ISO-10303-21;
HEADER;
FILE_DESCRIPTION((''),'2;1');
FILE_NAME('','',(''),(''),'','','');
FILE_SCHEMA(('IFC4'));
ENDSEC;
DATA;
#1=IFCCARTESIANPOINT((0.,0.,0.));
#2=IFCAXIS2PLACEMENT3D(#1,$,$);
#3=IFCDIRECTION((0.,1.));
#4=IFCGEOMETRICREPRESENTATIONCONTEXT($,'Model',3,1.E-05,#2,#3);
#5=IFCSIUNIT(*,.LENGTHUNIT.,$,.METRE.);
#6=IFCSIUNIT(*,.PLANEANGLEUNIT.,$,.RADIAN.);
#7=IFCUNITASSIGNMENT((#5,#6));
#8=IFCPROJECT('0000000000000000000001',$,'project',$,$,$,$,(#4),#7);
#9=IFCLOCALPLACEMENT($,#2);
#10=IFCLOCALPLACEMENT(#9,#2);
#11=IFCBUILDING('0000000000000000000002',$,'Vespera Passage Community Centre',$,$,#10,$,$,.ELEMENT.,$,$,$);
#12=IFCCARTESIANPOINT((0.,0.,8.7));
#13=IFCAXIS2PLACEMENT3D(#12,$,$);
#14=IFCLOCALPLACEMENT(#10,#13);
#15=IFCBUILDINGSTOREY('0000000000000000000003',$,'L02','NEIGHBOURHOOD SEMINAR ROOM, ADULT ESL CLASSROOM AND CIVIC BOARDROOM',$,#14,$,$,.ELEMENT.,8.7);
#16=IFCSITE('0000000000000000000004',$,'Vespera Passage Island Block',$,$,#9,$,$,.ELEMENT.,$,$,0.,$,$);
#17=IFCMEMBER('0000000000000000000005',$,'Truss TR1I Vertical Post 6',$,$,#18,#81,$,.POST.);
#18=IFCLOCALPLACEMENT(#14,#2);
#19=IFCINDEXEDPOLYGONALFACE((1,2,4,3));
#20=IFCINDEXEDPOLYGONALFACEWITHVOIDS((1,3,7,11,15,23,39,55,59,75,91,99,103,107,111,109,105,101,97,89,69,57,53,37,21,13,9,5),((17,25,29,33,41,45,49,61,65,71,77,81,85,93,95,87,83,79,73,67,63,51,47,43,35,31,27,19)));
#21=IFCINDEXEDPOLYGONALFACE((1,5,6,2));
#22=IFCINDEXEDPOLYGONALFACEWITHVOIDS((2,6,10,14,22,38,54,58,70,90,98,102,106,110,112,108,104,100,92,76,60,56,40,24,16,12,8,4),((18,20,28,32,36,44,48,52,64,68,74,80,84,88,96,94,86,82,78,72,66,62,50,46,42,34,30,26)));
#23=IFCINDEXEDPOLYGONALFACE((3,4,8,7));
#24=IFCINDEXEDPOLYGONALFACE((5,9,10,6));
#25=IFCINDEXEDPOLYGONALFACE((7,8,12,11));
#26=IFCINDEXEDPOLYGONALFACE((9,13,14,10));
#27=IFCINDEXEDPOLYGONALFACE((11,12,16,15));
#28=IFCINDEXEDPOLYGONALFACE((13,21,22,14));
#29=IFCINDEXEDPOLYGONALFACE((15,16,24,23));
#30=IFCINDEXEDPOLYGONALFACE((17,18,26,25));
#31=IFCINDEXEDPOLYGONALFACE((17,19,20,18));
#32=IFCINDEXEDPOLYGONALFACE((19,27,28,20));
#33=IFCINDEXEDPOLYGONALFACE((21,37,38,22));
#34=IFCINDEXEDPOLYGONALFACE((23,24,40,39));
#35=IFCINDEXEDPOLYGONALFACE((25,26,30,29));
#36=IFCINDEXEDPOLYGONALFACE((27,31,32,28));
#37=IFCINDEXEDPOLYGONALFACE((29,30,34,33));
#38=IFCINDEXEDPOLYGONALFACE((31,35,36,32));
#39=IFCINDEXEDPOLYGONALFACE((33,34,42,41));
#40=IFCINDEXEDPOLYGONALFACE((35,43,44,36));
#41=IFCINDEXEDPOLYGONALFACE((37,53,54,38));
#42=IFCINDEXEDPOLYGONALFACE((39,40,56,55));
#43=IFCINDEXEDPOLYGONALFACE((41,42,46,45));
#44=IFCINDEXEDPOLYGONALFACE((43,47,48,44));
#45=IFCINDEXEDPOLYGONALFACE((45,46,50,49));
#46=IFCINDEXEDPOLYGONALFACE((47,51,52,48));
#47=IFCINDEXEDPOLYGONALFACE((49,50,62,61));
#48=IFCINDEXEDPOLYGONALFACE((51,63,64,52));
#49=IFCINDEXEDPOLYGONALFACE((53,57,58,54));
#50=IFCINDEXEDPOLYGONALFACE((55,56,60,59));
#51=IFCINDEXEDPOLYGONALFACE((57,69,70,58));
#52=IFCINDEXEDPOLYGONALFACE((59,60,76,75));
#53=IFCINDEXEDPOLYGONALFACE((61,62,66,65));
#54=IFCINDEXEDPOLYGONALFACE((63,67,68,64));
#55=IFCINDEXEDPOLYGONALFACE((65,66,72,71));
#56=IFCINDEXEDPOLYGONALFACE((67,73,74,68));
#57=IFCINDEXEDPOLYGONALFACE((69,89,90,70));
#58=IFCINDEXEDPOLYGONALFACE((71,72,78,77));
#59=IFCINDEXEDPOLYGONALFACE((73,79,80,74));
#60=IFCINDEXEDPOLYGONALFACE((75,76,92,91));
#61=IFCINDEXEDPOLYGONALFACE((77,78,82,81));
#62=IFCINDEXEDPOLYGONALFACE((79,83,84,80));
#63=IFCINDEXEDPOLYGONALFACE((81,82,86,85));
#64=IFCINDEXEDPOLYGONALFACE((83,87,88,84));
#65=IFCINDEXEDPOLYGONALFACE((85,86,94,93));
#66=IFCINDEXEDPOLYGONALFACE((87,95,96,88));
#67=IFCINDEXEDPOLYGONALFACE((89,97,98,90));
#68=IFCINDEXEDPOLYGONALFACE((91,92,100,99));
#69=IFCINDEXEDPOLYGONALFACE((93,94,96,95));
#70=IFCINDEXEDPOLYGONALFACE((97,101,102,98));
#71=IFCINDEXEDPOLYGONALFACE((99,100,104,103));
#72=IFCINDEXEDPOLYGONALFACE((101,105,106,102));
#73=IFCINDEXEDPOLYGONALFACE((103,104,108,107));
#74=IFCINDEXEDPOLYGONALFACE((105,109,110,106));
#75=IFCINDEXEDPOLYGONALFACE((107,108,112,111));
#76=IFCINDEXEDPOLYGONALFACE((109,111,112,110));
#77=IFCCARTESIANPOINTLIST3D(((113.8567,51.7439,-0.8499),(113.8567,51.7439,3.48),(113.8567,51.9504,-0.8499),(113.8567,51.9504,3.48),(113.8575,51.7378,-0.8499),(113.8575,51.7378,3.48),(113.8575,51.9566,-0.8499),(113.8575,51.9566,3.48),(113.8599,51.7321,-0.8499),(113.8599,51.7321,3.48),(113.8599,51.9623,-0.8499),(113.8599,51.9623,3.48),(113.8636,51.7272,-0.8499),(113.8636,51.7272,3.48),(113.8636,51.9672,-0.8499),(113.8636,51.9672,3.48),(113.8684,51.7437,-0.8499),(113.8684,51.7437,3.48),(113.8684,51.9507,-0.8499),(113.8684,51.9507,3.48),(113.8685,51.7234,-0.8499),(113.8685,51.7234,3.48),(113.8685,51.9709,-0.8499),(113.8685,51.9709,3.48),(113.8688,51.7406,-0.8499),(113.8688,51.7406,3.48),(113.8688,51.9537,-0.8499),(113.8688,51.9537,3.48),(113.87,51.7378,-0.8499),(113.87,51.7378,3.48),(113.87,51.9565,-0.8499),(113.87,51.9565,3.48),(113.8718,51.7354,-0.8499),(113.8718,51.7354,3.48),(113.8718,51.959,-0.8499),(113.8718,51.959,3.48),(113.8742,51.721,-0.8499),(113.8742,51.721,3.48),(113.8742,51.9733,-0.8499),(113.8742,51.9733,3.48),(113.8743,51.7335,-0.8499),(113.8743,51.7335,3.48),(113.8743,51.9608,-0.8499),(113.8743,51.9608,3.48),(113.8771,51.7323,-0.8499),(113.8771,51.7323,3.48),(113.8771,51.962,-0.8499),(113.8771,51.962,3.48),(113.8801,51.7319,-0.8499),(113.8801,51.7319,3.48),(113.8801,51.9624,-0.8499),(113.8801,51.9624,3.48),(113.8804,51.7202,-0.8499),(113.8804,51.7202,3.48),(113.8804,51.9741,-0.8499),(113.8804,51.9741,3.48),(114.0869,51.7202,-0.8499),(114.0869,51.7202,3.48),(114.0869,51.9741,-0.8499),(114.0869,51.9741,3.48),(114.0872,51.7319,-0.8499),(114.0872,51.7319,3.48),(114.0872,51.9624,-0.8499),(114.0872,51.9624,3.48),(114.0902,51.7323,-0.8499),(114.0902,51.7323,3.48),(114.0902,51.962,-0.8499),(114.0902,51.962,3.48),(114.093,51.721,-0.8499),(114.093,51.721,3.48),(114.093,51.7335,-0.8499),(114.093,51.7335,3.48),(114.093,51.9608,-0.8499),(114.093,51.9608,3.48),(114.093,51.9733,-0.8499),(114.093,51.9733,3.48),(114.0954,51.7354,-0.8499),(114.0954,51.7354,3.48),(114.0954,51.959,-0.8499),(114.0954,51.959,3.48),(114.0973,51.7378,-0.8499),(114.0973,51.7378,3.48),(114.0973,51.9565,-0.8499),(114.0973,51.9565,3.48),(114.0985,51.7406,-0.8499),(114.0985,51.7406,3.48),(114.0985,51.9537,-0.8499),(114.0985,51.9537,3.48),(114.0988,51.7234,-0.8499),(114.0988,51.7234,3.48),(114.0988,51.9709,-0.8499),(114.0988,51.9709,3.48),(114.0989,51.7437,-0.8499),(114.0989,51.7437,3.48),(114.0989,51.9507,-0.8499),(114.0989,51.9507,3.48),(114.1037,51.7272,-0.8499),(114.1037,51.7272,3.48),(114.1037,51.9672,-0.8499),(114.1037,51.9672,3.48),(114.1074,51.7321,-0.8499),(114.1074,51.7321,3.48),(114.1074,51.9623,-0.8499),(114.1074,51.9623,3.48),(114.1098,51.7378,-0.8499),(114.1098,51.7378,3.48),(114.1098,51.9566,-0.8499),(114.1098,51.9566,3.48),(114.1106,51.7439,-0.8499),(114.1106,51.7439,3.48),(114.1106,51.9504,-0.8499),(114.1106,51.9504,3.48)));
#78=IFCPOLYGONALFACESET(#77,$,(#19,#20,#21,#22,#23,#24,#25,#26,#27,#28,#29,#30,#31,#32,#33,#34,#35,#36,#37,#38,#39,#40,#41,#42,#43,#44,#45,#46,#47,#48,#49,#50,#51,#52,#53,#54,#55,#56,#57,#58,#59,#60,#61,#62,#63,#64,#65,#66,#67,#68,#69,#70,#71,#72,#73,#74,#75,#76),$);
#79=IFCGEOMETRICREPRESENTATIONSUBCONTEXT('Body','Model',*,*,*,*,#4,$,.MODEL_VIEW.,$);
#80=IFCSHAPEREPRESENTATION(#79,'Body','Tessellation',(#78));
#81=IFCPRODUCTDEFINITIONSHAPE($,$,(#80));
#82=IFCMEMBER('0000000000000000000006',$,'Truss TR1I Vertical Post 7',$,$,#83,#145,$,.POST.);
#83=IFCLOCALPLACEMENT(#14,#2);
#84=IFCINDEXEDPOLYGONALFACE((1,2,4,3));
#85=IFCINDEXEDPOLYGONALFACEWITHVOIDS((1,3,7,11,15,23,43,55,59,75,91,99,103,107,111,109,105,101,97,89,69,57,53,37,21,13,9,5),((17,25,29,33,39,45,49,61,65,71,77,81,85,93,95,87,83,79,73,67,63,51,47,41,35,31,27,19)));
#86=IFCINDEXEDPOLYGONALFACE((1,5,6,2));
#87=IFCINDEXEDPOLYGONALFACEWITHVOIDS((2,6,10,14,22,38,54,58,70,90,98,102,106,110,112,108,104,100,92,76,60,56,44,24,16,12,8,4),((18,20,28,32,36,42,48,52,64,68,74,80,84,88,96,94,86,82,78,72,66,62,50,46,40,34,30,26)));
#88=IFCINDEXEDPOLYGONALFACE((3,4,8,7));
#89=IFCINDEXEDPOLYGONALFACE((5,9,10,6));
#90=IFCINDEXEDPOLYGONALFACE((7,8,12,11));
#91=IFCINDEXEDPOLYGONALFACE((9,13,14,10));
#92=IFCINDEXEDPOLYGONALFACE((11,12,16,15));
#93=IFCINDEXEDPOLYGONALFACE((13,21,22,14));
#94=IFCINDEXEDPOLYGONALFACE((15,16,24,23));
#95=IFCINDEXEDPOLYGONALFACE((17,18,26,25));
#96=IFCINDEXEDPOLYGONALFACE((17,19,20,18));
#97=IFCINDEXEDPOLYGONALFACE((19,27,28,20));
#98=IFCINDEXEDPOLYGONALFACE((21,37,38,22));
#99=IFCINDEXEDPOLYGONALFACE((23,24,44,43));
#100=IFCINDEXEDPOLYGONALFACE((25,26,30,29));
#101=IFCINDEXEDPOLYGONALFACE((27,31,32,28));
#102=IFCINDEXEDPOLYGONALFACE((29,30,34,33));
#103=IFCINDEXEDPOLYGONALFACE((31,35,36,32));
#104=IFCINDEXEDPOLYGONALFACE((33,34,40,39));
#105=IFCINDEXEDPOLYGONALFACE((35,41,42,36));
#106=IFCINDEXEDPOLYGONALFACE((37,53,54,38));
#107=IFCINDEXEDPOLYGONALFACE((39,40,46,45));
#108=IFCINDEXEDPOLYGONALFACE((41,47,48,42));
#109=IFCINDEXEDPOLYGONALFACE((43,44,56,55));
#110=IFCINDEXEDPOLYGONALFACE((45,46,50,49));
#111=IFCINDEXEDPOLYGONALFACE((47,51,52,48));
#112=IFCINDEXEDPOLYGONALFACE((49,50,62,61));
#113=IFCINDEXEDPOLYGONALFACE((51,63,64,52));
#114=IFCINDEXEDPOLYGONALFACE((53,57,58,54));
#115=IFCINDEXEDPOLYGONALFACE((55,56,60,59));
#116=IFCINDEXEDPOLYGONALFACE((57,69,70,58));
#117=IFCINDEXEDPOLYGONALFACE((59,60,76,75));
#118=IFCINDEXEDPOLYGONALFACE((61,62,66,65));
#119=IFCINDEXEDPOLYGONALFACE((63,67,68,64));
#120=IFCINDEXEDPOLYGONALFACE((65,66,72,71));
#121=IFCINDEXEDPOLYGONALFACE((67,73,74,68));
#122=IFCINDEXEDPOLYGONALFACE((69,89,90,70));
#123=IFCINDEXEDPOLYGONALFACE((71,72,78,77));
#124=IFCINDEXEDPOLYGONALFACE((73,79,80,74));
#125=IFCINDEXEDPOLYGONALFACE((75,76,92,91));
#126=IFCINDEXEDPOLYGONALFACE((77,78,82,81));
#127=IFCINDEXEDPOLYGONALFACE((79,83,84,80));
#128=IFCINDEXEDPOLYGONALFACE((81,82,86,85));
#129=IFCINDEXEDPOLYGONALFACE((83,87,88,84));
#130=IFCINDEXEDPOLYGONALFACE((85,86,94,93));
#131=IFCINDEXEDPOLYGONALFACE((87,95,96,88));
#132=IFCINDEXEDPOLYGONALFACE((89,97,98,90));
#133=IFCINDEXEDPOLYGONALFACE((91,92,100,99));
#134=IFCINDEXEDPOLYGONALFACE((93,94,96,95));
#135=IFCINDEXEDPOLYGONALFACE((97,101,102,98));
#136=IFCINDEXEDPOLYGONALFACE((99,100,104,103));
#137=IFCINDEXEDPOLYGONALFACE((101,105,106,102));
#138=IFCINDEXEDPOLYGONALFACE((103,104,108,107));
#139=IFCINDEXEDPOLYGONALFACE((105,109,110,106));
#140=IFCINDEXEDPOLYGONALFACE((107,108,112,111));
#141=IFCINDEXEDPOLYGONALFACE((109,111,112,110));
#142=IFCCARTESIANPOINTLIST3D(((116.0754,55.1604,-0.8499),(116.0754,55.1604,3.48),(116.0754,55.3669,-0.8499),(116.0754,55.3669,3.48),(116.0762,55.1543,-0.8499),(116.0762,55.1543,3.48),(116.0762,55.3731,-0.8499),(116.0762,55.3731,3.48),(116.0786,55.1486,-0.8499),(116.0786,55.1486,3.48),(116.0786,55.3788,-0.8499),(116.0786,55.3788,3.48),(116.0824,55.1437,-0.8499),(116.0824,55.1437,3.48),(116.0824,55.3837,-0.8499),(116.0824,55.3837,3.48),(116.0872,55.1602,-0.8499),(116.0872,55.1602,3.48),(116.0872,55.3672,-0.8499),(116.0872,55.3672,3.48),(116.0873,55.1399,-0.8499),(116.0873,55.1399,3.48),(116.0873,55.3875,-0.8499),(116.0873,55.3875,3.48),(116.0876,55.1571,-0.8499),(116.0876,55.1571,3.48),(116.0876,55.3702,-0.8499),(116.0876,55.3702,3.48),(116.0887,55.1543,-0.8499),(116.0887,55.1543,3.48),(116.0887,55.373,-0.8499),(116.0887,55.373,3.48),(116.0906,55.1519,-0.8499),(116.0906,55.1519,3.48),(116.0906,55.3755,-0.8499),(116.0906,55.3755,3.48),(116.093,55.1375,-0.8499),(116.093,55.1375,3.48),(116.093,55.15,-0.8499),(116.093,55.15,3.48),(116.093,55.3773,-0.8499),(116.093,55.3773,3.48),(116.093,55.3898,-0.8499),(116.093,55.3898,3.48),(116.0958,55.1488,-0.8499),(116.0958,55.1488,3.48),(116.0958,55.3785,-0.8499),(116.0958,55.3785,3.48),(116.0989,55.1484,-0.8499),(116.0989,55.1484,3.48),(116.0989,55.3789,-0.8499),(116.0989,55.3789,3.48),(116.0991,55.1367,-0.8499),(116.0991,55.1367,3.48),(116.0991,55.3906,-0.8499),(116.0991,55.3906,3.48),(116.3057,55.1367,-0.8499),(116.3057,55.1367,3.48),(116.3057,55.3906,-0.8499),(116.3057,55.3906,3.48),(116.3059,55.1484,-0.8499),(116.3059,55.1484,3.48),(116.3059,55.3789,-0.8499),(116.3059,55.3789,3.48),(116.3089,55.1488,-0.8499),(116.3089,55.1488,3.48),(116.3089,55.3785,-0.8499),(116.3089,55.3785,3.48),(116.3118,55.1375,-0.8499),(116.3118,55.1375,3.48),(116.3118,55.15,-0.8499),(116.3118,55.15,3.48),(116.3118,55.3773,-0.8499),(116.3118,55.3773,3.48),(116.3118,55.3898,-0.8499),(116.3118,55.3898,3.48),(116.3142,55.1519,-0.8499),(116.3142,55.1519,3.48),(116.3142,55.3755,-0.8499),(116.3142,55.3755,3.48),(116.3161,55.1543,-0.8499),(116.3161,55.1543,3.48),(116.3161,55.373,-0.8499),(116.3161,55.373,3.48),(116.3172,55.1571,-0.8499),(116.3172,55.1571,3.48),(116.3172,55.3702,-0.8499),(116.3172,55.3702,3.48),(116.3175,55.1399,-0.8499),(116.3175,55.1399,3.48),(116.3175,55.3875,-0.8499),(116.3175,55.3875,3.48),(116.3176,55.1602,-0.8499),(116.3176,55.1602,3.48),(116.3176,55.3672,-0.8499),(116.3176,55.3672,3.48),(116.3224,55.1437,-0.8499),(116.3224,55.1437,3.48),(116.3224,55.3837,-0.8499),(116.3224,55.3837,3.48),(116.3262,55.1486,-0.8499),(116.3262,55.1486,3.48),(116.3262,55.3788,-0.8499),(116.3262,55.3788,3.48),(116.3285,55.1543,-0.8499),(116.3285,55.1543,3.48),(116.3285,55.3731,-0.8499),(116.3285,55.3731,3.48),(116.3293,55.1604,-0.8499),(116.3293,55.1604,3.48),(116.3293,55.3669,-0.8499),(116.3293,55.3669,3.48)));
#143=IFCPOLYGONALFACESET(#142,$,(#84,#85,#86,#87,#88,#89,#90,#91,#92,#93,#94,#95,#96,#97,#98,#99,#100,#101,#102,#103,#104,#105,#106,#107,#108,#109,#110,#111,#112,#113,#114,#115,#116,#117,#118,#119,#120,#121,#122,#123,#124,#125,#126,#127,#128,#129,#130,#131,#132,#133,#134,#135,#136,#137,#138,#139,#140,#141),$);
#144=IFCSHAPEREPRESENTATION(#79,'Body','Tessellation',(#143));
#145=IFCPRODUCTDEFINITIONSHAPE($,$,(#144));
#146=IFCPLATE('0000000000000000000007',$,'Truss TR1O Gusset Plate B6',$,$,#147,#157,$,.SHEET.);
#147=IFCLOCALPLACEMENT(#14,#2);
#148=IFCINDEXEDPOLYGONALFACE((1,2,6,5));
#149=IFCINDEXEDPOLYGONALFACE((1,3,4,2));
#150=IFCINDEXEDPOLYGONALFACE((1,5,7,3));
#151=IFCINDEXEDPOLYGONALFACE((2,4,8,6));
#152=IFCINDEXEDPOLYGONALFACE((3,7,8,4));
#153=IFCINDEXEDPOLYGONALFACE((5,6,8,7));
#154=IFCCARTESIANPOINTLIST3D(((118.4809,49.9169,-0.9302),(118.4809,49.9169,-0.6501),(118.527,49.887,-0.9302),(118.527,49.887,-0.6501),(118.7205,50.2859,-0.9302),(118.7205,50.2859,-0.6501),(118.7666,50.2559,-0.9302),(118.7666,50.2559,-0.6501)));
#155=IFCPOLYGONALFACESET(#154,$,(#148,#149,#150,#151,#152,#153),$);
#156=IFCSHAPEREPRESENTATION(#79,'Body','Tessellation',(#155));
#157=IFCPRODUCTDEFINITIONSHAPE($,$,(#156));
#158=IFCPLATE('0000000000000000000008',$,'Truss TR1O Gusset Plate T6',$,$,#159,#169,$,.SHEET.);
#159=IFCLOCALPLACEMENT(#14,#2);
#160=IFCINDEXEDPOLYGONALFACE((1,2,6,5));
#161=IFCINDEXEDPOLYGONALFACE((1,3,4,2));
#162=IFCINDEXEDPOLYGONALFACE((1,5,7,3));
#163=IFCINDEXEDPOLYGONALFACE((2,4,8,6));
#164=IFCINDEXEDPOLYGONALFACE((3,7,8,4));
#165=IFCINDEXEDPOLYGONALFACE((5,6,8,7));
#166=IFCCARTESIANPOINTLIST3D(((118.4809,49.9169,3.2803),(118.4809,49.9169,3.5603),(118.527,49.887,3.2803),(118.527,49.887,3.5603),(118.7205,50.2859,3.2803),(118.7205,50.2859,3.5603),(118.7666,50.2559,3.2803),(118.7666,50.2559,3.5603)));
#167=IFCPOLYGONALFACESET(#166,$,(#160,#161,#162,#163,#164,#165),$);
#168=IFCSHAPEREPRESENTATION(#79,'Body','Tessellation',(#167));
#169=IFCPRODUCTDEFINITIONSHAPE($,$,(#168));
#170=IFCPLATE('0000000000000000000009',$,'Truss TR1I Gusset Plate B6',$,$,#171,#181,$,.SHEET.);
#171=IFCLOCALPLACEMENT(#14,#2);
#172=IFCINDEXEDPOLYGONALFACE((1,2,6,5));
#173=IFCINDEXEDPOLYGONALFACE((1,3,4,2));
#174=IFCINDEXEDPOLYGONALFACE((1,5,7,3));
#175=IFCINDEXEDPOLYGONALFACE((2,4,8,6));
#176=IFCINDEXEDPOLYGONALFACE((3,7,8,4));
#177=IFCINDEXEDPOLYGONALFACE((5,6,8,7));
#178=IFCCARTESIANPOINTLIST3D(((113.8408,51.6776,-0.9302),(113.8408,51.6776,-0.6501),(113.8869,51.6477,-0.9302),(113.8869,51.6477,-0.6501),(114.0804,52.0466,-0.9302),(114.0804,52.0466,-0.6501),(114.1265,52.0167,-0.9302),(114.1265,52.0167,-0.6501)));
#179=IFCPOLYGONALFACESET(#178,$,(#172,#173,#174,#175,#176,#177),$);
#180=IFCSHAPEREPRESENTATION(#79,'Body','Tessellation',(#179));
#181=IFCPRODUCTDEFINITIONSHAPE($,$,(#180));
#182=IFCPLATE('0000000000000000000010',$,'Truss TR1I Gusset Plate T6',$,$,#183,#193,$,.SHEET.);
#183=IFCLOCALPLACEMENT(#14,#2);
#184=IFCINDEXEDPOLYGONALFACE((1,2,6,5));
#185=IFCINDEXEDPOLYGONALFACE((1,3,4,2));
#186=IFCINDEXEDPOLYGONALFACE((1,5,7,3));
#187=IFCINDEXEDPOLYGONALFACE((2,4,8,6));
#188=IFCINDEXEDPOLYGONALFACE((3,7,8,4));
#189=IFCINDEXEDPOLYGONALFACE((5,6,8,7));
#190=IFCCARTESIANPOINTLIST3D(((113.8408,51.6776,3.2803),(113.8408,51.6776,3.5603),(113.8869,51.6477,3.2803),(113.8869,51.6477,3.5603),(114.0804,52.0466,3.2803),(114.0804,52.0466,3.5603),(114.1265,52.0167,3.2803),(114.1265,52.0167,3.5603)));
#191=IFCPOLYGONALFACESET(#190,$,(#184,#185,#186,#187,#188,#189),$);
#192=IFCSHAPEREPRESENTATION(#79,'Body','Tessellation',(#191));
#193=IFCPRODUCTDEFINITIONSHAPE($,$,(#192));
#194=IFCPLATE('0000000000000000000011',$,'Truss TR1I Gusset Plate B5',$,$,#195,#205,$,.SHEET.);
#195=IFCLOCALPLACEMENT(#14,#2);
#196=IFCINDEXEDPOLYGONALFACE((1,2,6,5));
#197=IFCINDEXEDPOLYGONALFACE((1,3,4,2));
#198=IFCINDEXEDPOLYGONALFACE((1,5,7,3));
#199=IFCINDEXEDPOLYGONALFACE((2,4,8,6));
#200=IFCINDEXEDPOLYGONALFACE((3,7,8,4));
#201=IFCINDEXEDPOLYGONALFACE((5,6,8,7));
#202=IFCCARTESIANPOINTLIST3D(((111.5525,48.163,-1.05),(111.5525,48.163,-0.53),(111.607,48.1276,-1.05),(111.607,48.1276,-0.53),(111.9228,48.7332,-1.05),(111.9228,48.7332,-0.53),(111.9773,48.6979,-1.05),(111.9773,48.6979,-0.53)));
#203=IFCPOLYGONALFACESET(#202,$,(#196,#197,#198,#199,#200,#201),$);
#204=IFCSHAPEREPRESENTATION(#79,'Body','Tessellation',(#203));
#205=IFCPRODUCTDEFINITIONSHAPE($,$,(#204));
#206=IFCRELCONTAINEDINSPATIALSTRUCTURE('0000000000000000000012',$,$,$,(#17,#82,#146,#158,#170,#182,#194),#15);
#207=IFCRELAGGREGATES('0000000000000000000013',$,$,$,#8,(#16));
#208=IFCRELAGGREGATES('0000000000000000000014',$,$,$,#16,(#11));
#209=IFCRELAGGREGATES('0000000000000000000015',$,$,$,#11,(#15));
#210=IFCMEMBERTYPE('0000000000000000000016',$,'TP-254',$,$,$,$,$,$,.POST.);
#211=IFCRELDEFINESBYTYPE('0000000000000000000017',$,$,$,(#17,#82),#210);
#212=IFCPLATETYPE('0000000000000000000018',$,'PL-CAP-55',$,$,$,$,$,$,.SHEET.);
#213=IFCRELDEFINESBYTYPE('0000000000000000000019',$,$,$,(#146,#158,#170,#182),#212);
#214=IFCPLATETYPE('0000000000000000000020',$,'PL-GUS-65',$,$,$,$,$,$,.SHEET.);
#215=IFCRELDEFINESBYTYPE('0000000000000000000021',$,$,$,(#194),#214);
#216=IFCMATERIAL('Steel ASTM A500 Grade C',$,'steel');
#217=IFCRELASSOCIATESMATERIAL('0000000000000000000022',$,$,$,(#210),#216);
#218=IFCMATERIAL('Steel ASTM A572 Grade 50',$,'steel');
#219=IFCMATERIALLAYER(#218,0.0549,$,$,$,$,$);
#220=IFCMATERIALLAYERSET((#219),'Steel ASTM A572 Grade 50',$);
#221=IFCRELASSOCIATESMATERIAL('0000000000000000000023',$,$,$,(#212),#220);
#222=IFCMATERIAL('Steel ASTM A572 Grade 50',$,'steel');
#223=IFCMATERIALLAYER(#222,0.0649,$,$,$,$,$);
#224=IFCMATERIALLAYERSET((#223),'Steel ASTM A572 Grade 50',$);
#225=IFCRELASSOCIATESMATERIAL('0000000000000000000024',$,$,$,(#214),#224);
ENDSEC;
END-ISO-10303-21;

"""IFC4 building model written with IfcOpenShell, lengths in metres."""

from ifc_helpers import new_model, si_unit, direction, frame, origin, origin_2d, place, context, subcontext, project, spatial, rectangle, hollow_rectangle, extrude, material, layer, layer_set, material_profile, profile_set, type_object, element, save


model = new_model("IFC4")

# Units and contexts
model_context = context("Model", 3, precision=1e-05, world=origin(), true_north=direction((0.0, 1.0)))
body_context = subcontext(model_context, "Body", "Model", "MODEL_VIEW")
ifc_project = project(units=[si_unit("LENGTHUNIT", "METRE"), si_unit("PLANEANGLEUNIT", "RADIAN")], contexts=[model_context])

# Site, building, storey
site_placement = place(None, origin())
site = spatial("IfcSite", under=ifc_project, at=site_placement, Name="Vespera Passage Island Block", CompositionType="ELEMENT", RefElevation=0.0)
building_placement = place(site_placement, origin())
building = spatial("IfcBuilding", under=site, at=building_placement, Name="Vespera Passage Community Centre", CompositionType="ELEMENT")
storey_placement = place(building_placement, frame((0.0, 0.0, 8.7)))
storey = spatial("IfcBuildingStorey", under=building, at=storey_placement, Name="L02", Description="NEIGHBOURHOOD SEMINAR ROOM, ADULT ESL CLASSROOM AND CIVIC BOARDROOM", CompositionType="ELEMENT", Elevation=8.7)

# Members
ifc_material_1 = material(Name="Steel ASTM A500 Grade C", Category="steel")
ifc_material_profile_1 = material_profile(ifc_material_1, hollow_rectangle(XDim=0.2539, YDim=0.2539, WallThickness=0.0117, InnerFilletRadius=0.0117, OuterFilletRadius=0.0237, at=origin_2d()), Name="HSS254X254X12.7")
ifc_profile_set_1 = profile_set([ifc_material_profile_1], Name="Steel ASTM A500 Grade C")
member_type_1 = type_object("IfcMemberType", Name="TP-254", PredefinedType="POST", material=ifc_profile_set_1)
for number, where, z_axis, x_axis, name in (
    (1, (113.9836, 51.8472, -0.8499), (0.0, 0.0, 1.0), (1.0, 0.0, 0.0), "Truss TR1I Vertical Post 6"),
    (2, (116.2024, 55.2637, -0.8499), (0.0, 0.0, 1.0), (1.0, 0.0, 0.0), "Truss TR1I Vertical Post 7"),
):
    element("IfcMember", number, at=place(storey_placement, frame(where, z_axis=z_axis, x_axis=x_axis)), inside=storey, type_object=member_type_1, Name=name, PredefinedType="POST", context=body_context, shape_type="SweptSolid", body=[
        extrude(hollow_rectangle(XDim=0.2539, YDim=0.2539, WallThickness=0.0117, InnerFilletRadius=0.0117, OuterFilletRadius=0.0237, at=origin_2d()), origin(), (0.0, 0.0, 1.0), 4.3298),
    ])

# Plates
ifc_material_2 = material(Name="Steel ASTM A572 Grade 50", Category="steel")
ifc_layer_1 = layer(ifc_material_2, 0.0549)
ifc_layer_set_1 = layer_set([ifc_layer_1], Name="Steel ASTM A572 Grade 50")
plate_type_1 = type_object("IfcPlateType", Name="PL-CAP-55", PredefinedType="SHEET", material=ifc_layer_set_1)
for number, where, z_axis, x_axis, name in (
    (3, (118.6238, 50.0864, -0.9302), (0.0, 0.0, 1.0), (0.544639, 0.838671, 0.0), "Truss TR1O Gusset Plate B6"),
    (4, (118.6238, 50.0864, 3.2803), (0.0, 0.0, 1.0), (0.544639, 0.838671, 0.0), "Truss TR1O Gusset Plate T6"),
    (5, (113.9836, 51.8472, -0.9302), (0.0, 0.0, 1.0), (0.544639, 0.838671, 0.0), "Truss TR1I Gusset Plate B6"),
    (6, (113.9836, 51.8472, 3.2803), (0.0, 0.0, 1.0), (0.544639, 0.838671, 0.0), "Truss TR1I Gusset Plate T6"),
):
    element("IfcPlate", number, at=place(storey_placement, frame(where, z_axis=z_axis, x_axis=x_axis)), inside=storey, type_object=plate_type_1, Name=name, PredefinedType="SHEET", context=body_context, shape_type="SweptSolid", body=[
        extrude(rectangle(XDim=0.4399, YDim=0.0549, at=origin_2d()), origin(), (0.0, 0.0, 1.0), 0.28),
    ])
ifc_material_3 = material(Name="Steel ASTM A572 Grade 50", Category="steel")
ifc_layer_2 = layer(ifc_material_3, 0.0649)
ifc_layer_set_2 = layer_set([ifc_layer_2], Name="Steel ASTM A572 Grade 50")
plate_type_2 = type_object("IfcPlateType", Name="PL-GUS-65", PredefinedType="SHEET", material=ifc_layer_set_2)
for number, where, z_axis, x_axis, name in (
    (7, (111.7649, 48.4304, -1.05), (0.0, 0.0, 1.0), (0.544639, 0.838671, 0.0), "Truss TR1I Gusset Plate B5"),
):
    element("IfcPlate", number, at=place(storey_placement, frame(where, z_axis=z_axis, x_axis=x_axis)), inside=storey, type_object=plate_type_2, Name=name, PredefinedType="SHEET", context=body_context, shape_type="SweptSolid", body=[
        extrude(rectangle(XDim=0.6799, YDim=0.0649, at=origin_2d()), origin(), (0.0, 0.0, 1.0), 0.52),
    ])

save(model, "model.ifc")
